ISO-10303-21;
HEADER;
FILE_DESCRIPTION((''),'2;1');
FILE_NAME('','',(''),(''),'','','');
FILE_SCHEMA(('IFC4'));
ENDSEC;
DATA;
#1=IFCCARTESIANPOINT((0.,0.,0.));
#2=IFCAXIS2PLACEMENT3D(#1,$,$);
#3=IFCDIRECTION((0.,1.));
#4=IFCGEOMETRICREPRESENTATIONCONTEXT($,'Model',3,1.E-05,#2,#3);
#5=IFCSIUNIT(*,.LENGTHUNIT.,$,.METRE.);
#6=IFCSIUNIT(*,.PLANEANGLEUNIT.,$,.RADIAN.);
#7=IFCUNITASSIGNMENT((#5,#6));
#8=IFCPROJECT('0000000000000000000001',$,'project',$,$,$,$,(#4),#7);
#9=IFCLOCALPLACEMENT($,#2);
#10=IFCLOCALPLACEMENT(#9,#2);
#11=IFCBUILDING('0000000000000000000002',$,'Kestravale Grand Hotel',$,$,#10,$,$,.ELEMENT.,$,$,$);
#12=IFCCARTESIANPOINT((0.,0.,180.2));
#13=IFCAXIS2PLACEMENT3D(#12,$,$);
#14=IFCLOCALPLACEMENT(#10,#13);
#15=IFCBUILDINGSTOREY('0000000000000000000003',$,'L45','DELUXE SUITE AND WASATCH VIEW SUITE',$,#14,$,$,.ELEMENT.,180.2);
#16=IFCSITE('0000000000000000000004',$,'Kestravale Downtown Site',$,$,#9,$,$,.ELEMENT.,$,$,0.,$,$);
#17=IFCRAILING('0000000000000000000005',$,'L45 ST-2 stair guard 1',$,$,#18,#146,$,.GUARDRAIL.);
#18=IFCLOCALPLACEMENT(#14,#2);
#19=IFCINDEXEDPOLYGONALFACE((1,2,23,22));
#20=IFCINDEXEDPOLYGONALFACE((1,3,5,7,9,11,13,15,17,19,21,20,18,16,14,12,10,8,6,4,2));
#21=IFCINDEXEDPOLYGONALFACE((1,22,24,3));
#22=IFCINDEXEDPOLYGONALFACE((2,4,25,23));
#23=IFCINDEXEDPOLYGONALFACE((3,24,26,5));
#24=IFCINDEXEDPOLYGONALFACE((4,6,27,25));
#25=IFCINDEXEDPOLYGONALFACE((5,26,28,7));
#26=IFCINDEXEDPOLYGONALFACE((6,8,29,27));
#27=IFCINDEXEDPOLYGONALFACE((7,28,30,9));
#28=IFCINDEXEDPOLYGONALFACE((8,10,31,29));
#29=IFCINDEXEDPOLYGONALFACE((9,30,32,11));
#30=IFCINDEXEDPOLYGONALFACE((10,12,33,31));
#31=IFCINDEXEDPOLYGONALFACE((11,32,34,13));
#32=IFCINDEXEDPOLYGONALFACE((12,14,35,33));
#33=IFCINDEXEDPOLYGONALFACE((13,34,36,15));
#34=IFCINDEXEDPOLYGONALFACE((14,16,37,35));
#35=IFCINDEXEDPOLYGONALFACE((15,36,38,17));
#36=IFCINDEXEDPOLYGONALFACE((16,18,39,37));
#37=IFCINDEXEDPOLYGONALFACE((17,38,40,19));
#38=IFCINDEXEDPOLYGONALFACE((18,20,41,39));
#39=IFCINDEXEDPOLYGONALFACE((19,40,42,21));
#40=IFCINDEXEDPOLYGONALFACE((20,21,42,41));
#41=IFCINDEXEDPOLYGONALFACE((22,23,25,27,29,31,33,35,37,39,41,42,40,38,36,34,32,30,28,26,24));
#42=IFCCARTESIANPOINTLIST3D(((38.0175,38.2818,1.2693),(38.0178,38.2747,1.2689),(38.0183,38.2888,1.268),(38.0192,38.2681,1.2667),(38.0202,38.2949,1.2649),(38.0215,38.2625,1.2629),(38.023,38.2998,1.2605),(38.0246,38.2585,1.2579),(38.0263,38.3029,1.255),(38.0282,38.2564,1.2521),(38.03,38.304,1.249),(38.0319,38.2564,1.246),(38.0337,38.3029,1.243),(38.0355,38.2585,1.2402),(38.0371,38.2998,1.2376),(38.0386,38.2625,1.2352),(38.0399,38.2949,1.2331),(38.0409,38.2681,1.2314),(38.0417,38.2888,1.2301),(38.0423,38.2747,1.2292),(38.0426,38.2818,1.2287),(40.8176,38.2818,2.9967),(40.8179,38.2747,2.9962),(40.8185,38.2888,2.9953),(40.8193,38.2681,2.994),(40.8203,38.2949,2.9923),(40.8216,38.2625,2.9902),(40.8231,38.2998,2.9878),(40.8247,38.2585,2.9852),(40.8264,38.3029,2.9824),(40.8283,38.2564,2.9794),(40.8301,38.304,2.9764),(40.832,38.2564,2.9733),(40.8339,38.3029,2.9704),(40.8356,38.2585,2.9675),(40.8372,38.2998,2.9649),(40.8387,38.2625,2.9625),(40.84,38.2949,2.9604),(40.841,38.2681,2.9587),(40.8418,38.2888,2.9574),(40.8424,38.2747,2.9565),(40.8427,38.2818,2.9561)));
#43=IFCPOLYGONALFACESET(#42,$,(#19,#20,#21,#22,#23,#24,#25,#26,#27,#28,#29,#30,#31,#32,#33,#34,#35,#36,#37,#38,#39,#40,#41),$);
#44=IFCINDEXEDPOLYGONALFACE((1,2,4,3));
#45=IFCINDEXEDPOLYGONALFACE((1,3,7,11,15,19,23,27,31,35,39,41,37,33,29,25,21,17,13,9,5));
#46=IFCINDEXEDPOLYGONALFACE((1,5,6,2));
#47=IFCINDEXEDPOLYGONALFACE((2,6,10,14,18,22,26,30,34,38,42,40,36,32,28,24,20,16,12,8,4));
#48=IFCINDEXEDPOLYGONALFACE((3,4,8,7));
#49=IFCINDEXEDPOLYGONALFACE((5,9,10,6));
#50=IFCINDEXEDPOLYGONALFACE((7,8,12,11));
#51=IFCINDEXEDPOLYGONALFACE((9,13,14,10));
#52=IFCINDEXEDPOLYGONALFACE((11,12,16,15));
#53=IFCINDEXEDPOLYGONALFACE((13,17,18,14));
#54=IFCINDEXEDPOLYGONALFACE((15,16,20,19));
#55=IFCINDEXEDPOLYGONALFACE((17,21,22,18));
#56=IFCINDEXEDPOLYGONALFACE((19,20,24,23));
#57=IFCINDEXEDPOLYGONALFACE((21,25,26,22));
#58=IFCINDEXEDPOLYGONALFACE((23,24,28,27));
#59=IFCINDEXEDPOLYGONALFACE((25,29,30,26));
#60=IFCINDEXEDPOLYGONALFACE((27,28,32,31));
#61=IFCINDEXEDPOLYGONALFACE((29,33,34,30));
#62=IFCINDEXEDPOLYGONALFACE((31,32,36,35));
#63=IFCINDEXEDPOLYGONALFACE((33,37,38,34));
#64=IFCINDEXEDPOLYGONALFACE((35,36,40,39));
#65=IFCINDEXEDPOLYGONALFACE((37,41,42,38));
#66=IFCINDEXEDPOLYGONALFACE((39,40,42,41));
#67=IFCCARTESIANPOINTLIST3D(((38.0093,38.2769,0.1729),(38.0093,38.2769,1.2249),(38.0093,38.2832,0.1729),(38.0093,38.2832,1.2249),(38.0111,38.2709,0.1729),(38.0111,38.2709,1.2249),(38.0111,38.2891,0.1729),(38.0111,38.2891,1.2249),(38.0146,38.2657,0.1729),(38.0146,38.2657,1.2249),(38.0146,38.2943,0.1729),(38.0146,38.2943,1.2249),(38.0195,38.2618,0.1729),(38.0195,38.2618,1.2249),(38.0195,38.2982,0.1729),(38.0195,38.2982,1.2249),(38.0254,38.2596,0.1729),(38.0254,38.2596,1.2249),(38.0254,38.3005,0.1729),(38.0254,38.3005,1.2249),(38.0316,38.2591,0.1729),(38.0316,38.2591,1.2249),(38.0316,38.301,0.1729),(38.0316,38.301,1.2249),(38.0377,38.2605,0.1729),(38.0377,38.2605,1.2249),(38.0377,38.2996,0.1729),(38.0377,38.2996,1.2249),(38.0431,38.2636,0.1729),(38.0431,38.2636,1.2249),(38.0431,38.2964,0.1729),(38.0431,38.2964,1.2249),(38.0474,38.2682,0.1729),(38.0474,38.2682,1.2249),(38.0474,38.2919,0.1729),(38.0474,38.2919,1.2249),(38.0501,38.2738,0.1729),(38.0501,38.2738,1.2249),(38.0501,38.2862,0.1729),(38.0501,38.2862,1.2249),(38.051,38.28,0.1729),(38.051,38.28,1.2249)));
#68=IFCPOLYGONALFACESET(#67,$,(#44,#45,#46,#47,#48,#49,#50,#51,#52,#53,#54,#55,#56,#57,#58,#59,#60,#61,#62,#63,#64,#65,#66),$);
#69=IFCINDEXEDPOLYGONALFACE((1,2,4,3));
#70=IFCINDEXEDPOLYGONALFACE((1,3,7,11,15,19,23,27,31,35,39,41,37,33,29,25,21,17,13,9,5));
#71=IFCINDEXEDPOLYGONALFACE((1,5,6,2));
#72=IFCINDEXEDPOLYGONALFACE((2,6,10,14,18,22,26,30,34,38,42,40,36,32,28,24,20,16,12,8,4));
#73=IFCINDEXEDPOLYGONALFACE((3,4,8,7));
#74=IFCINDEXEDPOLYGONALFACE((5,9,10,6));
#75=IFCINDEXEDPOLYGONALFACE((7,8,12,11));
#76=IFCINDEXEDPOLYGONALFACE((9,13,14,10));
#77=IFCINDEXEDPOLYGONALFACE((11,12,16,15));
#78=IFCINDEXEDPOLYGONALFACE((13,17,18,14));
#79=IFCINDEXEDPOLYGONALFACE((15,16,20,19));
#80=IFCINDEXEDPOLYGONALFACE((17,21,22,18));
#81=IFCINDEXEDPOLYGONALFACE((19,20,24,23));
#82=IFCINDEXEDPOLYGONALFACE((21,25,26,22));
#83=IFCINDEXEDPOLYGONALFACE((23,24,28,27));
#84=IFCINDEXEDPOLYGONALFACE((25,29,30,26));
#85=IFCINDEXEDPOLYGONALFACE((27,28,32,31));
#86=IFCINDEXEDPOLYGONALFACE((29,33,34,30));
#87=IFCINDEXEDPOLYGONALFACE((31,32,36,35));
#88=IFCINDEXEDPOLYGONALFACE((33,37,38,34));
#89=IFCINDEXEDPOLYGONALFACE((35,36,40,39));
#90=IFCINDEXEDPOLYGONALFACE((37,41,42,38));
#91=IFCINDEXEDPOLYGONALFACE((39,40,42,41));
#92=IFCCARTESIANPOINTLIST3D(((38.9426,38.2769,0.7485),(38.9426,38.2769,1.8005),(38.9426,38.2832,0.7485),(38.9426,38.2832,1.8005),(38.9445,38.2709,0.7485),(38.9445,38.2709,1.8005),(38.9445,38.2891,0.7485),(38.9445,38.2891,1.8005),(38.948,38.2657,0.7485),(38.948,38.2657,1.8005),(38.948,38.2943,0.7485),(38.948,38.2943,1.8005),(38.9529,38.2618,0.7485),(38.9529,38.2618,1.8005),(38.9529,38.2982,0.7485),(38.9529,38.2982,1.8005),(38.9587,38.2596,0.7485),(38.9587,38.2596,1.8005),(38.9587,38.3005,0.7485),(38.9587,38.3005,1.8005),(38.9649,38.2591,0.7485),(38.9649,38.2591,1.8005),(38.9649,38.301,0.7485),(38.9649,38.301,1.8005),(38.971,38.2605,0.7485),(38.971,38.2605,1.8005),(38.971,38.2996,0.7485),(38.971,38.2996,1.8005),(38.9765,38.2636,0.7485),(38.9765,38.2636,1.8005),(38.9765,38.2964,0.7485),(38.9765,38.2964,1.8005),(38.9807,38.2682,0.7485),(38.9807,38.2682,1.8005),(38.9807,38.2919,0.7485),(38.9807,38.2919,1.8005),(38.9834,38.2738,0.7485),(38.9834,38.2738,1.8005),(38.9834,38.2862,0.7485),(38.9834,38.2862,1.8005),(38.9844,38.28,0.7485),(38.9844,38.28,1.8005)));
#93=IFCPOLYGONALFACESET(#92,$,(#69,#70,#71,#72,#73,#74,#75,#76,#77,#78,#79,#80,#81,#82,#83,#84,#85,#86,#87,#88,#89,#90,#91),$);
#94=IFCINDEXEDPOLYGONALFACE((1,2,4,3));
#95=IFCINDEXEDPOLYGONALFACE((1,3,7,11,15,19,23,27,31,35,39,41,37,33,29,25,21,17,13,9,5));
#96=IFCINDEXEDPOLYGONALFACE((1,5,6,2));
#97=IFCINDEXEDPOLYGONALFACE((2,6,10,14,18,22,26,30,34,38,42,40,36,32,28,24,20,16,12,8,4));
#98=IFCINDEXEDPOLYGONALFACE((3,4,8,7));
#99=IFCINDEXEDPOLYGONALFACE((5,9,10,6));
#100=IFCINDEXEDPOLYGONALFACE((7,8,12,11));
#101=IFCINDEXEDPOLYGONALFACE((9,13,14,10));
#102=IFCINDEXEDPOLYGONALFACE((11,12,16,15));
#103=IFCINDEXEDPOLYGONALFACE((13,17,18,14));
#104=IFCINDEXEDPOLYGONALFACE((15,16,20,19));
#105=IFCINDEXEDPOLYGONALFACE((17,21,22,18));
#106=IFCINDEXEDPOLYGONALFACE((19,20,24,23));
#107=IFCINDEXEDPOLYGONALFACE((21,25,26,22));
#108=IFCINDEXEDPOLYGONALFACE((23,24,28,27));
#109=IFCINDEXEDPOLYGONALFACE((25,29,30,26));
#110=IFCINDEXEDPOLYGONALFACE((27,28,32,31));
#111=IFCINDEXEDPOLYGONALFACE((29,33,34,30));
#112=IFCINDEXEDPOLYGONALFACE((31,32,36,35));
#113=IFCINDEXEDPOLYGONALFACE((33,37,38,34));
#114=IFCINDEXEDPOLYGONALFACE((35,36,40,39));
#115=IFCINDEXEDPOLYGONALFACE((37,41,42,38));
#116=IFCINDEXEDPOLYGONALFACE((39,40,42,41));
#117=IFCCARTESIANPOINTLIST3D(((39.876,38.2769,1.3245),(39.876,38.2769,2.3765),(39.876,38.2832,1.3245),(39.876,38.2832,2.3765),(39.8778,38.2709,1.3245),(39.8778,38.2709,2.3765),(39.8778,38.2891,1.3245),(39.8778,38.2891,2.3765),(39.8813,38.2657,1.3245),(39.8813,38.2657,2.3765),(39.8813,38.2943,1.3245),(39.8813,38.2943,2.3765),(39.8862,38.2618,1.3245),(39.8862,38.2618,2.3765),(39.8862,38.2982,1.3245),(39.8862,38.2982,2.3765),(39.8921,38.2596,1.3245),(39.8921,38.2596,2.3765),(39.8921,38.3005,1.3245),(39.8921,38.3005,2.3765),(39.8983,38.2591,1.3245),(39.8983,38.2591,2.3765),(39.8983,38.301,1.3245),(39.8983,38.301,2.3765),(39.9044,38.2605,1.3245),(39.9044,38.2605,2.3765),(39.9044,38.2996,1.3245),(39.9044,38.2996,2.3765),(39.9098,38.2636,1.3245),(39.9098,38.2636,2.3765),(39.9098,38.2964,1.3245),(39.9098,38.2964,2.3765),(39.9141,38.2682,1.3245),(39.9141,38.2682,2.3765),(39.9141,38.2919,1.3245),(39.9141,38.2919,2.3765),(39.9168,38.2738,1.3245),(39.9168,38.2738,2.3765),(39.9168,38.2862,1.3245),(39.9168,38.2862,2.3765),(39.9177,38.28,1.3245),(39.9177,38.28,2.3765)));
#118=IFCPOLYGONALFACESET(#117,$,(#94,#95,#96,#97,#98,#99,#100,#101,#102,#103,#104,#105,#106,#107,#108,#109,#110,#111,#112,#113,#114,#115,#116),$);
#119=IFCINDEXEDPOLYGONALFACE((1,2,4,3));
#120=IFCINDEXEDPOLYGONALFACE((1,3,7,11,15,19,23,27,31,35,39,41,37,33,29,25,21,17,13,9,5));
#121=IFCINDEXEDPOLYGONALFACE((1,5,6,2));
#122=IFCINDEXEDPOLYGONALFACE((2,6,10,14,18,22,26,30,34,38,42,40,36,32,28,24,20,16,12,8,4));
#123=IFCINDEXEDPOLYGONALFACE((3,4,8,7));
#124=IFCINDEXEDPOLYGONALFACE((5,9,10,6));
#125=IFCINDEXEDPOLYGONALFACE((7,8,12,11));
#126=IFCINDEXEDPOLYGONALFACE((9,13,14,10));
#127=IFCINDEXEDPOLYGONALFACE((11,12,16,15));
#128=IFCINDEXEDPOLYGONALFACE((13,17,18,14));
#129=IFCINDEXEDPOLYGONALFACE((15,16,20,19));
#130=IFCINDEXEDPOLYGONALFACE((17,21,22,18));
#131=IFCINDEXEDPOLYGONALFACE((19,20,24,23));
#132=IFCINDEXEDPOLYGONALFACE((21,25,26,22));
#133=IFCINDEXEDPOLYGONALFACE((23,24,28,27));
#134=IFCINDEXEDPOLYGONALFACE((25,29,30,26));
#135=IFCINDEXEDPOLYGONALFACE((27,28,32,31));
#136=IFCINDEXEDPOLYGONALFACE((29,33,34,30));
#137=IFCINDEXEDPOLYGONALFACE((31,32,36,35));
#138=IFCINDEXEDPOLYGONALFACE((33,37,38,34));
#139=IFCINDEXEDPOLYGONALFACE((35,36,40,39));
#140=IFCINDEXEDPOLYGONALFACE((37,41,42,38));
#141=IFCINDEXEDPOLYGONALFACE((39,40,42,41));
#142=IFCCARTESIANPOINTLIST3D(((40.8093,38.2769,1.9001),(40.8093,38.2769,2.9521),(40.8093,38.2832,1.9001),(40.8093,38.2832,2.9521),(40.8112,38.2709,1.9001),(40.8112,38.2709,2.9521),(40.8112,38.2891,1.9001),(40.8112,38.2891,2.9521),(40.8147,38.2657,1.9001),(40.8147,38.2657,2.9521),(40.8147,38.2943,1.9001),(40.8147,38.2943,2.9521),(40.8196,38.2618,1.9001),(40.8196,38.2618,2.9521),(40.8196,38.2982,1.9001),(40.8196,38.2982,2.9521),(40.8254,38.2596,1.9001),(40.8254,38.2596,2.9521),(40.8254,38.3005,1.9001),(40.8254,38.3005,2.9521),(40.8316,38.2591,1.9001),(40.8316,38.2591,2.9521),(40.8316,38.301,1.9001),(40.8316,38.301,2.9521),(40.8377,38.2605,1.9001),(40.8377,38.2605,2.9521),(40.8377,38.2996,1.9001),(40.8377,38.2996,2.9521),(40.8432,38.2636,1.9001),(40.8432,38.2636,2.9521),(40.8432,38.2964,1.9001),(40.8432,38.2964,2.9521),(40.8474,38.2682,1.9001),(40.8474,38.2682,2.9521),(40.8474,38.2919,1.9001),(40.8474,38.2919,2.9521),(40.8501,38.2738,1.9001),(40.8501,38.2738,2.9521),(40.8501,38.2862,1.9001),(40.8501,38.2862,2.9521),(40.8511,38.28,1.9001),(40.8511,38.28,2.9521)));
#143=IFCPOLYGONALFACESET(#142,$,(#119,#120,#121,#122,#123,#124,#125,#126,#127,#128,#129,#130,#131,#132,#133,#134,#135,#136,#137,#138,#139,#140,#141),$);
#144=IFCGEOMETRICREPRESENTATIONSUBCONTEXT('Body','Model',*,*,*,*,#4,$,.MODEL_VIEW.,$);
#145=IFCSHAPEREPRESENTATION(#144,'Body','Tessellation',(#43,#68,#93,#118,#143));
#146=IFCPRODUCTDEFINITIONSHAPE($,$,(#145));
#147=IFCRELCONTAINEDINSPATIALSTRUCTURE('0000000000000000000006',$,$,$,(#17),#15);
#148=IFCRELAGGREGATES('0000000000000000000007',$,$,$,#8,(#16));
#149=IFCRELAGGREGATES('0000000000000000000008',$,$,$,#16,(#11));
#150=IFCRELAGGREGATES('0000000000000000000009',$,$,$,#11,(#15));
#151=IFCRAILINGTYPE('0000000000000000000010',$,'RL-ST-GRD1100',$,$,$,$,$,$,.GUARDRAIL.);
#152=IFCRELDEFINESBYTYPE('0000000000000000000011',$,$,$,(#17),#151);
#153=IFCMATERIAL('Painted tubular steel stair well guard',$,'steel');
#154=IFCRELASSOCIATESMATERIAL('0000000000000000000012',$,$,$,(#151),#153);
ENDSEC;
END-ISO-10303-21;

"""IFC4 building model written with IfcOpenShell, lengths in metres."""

from ifc_helpers import new_model, si_unit, direction, frame, origin, origin_2d, place, context, subcontext, project, spatial, circle, extrude, material, type_object, element, save


model = new_model("IFC4")

# Units and contexts
model_context = context("Model", 3, precision=1e-05, world=origin(), true_north=direction((0.0, 1.0)))
body_context = subcontext(model_context, "Body", "Model", "MODEL_VIEW")
ifc_project = project(units=[si_unit("LENGTHUNIT", "METRE"), si_unit("PLANEANGLEUNIT", "RADIAN")], contexts=[model_context])

# Site, building, storey
site_placement = place(None, origin())
site = spatial("IfcSite", under=ifc_project, at=site_placement, Name="Kestravale Downtown Site", CompositionType="ELEMENT", RefElevation=0.0)
building_placement = place(site_placement, origin())
building = spatial("IfcBuilding", under=site, at=building_placement, Name="Kestravale Grand Hotel", CompositionType="ELEMENT")
storey_placement = place(building_placement, frame((0.0, 0.0, 180.2)))
storey = spatial("IfcBuildingStorey", under=building, at=storey_placement, Name="L45", Description="DELUXE SUITE AND WASATCH VIEW SUITE", CompositionType="ELEMENT", Elevation=180.2)

# Railing
ifc_material_1 = material(Name="Painted tubular steel stair well guard", Category="steel")
railing_type_1 = type_object("IfcRailingType", Name="RL-ST-GRD1100", PredefinedType="GUARDRAIL", material=ifc_material_1)
railing_1_placement = place(storey_placement, frame((38.03, 38.28, 0.1729)))
element("IfcRailing", 1, at=railing_1_placement, inside=storey, type_object=railing_type_1, Name="L45 ST-2 stair guard 1", PredefinedType="GUARDRAIL", context=body_context, shape_type="SweptSolid", body=[
    extrude(circle(Radius=0.0239, at=origin_2d()), frame((0.0, 0.0, 1.0762), z_axis=(0.85109, 0.0, 0.52502), x_axis=(0.0, 1.0, 0.0)), (0.0, 0.0, 1.0), 3.29),
    extrude(circle(Radius=0.021, at=origin_2d()), origin(), (0.0, 0.0, 1.0), 1.052),
    extrude(circle(Radius=0.021, at=origin_2d()), frame((0.9333, 0.0, 0.5757)), (0.0, 0.0, 1.0), 1.052),
    extrude(circle(Radius=0.021, at=origin_2d()), frame((1.8667, 0.0, 1.1516)), (0.0, 0.0, 1.0), 1.052),
    extrude(circle(Radius=0.021, at=origin_2d()), frame((2.8, 0.0, 1.7273)), (0.0, 0.0, 1.0), 1.052),
])

save(model, "model.ifc")
